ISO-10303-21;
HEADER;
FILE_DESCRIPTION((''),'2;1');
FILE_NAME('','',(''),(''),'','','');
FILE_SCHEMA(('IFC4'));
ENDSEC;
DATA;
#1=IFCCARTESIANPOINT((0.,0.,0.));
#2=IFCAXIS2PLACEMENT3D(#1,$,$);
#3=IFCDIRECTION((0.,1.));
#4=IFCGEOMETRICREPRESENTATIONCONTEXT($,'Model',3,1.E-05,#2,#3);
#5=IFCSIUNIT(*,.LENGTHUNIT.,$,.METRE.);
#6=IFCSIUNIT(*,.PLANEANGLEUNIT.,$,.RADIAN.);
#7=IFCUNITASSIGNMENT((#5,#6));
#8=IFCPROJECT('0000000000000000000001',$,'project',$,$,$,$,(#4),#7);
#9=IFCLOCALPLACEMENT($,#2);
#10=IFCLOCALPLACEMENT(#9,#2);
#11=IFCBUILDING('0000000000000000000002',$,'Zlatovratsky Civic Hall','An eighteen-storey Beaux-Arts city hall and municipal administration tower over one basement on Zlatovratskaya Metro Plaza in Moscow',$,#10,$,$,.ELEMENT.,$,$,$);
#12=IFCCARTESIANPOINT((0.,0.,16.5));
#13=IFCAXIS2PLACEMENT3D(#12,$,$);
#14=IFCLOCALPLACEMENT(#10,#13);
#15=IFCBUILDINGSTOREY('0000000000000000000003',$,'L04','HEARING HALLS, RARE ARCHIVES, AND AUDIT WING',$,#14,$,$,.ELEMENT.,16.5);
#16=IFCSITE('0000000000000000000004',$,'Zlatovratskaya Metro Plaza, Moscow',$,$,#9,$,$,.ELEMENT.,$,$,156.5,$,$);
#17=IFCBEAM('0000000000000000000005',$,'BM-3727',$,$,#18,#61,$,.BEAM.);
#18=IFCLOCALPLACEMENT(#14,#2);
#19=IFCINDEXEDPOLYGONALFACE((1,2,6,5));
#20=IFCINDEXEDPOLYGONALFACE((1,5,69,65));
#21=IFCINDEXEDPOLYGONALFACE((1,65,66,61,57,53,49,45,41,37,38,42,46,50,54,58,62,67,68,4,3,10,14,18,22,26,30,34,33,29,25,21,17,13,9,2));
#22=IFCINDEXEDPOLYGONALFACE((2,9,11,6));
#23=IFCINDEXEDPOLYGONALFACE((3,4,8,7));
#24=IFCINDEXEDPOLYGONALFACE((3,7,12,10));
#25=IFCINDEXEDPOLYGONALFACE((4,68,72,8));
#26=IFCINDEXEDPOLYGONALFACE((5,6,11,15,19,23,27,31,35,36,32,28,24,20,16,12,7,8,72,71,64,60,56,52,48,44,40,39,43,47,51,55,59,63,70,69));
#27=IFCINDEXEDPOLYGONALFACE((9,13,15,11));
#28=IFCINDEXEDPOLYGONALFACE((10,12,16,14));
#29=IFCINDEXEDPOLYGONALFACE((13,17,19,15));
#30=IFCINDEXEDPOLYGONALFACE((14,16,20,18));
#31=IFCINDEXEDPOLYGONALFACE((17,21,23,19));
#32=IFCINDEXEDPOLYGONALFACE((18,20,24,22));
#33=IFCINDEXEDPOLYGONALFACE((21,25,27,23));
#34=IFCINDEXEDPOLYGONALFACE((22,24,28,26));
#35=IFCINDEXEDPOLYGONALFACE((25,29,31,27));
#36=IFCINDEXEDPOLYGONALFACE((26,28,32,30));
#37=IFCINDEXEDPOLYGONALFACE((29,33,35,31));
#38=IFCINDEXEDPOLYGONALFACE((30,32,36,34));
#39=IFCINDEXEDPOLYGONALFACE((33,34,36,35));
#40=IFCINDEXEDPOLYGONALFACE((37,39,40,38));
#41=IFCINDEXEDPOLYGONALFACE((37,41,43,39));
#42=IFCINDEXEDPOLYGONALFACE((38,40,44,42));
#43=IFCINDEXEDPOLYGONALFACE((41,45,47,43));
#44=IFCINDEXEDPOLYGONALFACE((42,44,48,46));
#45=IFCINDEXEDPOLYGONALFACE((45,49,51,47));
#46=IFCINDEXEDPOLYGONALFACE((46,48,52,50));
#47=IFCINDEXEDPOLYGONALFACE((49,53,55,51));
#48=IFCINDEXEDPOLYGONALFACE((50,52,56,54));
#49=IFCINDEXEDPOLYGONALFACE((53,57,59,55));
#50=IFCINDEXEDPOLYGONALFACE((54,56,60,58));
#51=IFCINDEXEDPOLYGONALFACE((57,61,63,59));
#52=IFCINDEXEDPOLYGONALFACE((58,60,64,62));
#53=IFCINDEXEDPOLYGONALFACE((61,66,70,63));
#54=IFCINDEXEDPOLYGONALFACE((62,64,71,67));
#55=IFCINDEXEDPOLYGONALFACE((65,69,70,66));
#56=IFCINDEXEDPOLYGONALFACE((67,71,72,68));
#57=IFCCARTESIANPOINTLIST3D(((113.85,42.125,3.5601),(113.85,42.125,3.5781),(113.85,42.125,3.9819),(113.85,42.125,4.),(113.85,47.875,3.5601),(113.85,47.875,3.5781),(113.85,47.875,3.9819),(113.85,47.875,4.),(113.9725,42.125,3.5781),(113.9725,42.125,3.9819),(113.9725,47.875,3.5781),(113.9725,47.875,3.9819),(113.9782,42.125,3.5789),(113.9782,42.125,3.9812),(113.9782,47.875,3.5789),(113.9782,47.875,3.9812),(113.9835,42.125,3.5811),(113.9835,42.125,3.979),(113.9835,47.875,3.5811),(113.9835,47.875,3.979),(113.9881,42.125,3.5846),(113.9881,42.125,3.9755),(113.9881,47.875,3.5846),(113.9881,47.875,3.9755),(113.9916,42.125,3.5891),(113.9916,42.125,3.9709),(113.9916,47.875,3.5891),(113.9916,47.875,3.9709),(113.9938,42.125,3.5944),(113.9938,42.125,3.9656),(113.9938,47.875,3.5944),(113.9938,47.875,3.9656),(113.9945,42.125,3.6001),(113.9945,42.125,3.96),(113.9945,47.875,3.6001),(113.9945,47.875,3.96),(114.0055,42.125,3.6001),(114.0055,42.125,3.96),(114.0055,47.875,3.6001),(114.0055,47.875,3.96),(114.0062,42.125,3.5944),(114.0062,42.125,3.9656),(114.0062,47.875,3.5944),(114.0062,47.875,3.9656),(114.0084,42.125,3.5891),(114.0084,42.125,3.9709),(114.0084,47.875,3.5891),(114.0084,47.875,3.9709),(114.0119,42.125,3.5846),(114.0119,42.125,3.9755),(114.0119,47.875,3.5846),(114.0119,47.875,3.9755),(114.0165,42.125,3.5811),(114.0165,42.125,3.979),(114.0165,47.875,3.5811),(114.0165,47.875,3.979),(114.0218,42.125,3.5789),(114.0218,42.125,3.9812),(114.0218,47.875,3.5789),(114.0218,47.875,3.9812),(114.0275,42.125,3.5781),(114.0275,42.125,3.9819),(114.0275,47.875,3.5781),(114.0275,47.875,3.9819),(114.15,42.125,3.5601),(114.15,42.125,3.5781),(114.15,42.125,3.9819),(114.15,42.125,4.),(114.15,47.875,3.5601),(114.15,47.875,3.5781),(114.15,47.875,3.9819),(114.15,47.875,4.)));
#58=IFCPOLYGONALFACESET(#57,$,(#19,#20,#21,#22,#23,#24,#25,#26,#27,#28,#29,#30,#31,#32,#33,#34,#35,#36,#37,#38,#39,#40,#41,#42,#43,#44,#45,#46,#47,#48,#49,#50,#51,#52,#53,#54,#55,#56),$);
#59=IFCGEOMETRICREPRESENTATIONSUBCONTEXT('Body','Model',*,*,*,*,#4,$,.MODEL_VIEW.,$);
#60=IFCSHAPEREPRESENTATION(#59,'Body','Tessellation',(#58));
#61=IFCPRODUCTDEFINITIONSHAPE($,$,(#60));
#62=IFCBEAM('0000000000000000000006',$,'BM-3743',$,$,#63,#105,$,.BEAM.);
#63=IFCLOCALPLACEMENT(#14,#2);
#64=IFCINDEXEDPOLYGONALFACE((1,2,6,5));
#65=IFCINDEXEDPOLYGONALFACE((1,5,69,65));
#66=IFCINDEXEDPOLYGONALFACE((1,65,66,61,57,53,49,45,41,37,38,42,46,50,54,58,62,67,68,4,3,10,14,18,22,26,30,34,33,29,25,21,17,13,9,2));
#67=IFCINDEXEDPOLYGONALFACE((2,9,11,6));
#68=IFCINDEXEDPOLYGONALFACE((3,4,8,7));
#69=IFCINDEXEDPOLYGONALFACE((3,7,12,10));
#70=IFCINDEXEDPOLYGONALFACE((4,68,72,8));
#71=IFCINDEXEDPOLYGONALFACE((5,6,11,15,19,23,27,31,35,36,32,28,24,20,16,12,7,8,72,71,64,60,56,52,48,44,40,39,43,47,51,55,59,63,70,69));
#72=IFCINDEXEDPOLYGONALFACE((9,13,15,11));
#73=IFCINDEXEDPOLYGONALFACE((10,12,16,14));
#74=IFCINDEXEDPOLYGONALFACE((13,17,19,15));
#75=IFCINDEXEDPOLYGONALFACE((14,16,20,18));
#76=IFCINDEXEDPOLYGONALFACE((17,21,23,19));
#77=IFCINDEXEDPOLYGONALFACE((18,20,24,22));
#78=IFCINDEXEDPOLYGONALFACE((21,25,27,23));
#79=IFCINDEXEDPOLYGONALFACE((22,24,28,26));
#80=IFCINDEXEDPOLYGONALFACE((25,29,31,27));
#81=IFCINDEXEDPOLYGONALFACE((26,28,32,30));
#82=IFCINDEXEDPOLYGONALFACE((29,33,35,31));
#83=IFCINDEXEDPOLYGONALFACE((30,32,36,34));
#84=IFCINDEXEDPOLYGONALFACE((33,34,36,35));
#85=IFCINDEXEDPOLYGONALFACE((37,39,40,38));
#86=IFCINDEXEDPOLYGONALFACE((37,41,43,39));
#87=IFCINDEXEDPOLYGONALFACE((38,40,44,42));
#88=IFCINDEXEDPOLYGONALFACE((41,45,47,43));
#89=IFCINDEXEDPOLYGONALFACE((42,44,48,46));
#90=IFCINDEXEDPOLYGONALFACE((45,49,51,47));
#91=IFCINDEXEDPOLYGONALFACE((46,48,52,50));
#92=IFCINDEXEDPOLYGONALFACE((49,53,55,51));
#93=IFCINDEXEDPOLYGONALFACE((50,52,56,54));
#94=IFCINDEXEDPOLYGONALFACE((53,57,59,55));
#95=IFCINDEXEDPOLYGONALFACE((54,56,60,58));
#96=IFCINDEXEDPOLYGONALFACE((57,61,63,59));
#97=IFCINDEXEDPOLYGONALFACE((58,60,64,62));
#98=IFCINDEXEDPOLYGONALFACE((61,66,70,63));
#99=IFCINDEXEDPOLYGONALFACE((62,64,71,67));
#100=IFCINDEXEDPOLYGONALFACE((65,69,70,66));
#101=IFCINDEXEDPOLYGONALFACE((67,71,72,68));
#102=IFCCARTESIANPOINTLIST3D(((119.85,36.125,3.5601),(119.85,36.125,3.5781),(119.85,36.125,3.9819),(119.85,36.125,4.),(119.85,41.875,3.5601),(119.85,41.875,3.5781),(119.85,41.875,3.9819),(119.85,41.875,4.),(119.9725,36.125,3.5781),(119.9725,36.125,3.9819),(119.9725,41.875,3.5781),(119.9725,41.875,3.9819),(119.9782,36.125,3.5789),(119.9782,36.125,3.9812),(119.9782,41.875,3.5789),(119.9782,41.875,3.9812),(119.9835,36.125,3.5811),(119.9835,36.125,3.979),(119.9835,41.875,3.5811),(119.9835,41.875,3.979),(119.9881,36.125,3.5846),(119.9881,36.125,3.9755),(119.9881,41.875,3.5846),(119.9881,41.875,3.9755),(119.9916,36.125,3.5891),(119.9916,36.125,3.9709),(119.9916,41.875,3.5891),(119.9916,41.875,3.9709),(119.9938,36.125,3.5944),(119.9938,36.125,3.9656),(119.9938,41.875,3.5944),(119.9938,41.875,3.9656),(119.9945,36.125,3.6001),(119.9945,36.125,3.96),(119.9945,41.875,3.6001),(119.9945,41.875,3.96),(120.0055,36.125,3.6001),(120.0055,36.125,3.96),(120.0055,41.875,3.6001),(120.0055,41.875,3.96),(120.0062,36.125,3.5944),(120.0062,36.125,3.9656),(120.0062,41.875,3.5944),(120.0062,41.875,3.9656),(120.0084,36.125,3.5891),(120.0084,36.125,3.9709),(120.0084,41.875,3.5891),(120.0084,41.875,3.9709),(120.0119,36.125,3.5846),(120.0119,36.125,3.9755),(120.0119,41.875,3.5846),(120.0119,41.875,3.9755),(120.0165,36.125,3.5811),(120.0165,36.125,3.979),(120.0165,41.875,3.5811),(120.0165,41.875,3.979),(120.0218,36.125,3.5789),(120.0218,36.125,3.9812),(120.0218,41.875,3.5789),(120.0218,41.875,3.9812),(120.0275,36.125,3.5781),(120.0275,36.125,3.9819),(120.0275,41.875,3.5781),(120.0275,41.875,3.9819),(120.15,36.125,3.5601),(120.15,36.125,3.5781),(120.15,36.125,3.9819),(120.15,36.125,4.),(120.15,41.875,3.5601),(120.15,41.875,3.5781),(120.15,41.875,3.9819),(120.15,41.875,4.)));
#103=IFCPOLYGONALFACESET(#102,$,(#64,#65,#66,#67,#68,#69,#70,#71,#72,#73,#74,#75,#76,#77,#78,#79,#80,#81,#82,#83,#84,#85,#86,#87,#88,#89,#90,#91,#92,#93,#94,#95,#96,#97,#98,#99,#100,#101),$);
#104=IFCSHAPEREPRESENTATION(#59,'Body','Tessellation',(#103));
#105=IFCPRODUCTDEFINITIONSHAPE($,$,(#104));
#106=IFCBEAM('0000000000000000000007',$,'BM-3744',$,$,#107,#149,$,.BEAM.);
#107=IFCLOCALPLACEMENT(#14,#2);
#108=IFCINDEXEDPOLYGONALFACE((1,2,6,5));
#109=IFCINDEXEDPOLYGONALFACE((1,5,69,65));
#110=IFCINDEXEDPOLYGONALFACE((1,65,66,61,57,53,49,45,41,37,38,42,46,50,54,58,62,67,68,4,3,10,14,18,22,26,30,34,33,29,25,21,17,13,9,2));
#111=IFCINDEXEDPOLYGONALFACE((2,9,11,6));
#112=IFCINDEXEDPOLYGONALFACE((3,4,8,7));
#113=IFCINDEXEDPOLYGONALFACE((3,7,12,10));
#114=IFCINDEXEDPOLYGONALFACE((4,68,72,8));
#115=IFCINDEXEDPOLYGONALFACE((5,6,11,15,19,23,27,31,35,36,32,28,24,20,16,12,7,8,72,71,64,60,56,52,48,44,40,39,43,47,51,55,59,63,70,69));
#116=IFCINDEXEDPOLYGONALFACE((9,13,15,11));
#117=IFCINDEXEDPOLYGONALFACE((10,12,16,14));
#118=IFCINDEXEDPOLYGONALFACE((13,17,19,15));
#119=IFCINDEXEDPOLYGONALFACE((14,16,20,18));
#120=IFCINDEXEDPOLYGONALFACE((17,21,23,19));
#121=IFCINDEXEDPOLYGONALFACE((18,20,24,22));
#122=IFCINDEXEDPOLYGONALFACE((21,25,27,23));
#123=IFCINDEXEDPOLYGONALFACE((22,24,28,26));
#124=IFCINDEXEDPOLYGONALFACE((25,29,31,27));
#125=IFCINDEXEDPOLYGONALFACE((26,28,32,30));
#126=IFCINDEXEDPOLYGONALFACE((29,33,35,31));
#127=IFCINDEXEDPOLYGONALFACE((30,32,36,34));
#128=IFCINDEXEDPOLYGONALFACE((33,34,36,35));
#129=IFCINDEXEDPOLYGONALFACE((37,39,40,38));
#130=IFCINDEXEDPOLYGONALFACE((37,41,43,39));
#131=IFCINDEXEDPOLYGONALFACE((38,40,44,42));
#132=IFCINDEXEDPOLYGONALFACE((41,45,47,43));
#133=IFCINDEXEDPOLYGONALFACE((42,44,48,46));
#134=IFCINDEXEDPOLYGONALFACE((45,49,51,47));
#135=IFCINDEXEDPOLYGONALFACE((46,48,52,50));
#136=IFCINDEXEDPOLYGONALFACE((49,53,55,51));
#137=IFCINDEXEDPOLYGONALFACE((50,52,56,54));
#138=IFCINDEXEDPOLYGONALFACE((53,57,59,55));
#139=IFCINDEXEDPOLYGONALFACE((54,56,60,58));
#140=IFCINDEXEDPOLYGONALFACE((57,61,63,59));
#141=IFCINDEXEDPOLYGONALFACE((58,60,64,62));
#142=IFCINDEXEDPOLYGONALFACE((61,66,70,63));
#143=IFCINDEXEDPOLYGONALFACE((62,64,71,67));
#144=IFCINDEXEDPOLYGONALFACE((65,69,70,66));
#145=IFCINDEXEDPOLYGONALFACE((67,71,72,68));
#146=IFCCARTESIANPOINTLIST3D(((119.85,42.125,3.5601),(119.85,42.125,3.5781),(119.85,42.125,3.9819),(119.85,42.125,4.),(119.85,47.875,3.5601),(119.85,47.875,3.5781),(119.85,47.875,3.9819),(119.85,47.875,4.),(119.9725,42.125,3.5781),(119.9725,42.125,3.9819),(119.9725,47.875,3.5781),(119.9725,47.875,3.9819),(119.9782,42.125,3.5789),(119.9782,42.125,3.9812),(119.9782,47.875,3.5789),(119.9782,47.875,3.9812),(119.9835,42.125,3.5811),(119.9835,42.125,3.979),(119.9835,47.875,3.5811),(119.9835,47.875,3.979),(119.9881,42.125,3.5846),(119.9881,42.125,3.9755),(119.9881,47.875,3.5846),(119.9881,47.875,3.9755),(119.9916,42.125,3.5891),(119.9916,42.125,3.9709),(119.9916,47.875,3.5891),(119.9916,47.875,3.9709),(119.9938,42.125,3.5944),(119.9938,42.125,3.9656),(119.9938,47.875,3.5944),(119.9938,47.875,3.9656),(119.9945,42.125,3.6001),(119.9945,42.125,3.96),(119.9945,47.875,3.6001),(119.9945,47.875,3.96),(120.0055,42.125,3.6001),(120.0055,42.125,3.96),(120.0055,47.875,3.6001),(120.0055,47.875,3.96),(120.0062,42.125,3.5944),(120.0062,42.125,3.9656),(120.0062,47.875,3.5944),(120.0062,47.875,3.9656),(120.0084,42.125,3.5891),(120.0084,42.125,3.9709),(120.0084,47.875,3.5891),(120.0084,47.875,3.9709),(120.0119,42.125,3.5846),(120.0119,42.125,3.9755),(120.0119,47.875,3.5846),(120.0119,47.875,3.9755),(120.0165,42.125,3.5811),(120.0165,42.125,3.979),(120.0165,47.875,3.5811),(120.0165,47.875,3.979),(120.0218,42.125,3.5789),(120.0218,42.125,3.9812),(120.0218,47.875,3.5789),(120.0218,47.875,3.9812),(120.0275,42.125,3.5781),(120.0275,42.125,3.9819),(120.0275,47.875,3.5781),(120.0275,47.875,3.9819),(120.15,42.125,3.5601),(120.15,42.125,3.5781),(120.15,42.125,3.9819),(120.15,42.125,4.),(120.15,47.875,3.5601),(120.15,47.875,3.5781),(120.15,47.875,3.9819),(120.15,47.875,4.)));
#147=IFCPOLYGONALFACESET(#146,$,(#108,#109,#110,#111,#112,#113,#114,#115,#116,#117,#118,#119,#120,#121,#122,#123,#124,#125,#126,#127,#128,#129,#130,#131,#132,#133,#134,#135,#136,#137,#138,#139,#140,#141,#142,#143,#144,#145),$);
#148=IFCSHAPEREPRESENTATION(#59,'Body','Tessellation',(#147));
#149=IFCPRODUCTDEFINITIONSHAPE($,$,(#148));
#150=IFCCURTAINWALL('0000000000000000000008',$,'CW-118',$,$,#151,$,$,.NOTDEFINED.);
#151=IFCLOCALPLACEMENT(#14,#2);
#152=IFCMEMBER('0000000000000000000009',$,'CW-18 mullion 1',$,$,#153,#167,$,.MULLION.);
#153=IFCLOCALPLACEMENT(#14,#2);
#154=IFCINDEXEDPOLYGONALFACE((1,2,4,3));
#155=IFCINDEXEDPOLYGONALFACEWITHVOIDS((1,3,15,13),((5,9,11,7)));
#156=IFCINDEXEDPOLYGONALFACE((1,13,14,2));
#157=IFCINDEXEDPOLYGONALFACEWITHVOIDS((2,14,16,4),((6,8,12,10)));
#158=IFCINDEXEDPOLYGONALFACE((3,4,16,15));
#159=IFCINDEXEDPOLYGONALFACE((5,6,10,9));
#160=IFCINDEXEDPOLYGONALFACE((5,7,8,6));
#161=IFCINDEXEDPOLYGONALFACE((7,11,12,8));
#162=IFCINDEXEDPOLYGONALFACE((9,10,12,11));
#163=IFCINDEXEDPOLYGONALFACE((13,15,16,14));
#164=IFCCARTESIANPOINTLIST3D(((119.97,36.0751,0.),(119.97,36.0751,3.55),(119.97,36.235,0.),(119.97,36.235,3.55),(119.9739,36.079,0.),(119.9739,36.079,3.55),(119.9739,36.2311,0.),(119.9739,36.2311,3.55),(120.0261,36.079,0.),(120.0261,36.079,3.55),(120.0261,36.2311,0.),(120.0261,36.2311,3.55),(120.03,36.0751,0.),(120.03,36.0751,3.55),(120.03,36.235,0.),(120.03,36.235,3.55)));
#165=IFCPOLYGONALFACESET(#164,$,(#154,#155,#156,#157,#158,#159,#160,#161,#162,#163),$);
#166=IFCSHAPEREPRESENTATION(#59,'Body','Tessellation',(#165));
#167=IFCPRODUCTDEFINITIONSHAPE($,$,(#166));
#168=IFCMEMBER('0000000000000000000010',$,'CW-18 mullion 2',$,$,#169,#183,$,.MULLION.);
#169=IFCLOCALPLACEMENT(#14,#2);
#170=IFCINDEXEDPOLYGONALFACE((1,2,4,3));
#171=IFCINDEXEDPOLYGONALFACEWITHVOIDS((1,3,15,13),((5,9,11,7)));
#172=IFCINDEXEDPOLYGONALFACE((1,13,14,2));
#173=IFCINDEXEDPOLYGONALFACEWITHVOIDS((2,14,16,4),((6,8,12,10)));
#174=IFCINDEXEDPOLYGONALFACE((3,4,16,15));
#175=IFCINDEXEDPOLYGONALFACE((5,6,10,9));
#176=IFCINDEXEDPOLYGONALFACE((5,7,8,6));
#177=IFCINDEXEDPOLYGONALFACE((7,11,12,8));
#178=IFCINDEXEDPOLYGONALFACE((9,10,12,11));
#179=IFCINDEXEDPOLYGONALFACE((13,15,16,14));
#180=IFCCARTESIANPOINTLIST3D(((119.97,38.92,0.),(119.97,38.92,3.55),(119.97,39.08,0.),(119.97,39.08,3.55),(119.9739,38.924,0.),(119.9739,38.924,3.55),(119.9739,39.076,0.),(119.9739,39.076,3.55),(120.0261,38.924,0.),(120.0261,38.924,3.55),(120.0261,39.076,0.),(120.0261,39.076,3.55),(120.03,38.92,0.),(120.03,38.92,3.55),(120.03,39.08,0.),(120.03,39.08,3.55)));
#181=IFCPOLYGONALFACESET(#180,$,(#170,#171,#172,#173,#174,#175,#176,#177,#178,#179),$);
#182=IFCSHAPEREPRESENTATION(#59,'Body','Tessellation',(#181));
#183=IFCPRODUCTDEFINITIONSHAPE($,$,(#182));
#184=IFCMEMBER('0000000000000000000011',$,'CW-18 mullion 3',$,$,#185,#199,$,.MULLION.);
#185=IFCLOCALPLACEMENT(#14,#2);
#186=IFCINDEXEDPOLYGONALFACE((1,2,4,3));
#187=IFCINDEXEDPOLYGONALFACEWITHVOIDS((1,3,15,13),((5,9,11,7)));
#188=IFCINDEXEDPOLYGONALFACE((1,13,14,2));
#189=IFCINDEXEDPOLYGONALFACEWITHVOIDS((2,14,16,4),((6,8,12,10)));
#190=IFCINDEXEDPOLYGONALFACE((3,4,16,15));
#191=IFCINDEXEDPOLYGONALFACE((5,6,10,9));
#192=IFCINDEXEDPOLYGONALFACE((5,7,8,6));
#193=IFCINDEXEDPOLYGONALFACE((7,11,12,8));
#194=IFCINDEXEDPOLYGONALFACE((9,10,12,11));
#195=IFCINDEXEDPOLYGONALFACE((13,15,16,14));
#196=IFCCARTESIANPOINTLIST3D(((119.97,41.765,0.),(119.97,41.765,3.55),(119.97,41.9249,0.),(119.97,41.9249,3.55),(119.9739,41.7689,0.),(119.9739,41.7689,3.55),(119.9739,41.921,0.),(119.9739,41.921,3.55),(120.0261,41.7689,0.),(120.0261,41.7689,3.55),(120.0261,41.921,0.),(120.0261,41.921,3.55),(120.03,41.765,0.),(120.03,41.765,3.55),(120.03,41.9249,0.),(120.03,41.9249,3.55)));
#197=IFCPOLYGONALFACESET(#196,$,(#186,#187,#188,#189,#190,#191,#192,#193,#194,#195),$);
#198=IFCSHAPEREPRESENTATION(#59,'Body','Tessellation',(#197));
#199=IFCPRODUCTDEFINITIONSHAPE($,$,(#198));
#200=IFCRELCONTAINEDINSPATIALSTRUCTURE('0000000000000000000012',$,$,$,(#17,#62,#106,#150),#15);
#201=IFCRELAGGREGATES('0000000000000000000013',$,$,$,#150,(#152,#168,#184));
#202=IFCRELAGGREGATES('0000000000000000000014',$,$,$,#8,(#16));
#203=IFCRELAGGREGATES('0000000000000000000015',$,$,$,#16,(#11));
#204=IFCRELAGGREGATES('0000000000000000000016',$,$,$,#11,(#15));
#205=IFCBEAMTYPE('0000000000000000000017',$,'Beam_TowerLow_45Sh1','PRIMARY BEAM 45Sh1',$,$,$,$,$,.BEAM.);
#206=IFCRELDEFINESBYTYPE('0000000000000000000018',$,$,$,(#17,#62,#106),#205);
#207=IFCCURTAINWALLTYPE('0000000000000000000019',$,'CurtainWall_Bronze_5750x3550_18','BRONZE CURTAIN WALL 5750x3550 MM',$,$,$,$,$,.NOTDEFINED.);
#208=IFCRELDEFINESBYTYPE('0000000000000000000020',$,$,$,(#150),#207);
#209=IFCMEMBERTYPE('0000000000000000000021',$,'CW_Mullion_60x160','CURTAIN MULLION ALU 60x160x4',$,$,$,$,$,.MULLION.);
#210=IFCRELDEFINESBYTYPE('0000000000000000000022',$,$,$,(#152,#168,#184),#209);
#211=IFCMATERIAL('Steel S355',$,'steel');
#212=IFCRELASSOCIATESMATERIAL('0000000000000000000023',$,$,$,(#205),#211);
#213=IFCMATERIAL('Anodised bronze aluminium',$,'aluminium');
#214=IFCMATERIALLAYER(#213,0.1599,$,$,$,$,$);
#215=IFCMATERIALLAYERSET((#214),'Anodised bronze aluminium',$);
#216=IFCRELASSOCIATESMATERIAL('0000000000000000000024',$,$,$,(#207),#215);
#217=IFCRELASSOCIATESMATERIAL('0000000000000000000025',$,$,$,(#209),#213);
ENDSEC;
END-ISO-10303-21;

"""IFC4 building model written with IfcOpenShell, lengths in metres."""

from ifc_helpers import new_model, si_unit, direction, frame, origin, origin_2d, place, context, subcontext, project, spatial, hollow_rectangle, i_section, extrude, material, layer, layer_set, material_profile, profile_set, type_object, element, aggregate, save


model = new_model("IFC4")

# Units and contexts
model_context = context("Model", 3, precision=1e-05, world=origin(), true_north=direction((0.0, 1.0)))
body_context = subcontext(model_context, "Body", "Model", "MODEL_VIEW")
ifc_project = project(units=[si_unit("LENGTHUNIT", "METRE"), si_unit("PLANEANGLEUNIT", "RADIAN")], contexts=[model_context])

# Site, building, storey
site_placement = place(None, origin())
site = spatial("IfcSite", under=ifc_project, at=site_placement, Name="Zlatovratskaya Metro Plaza, Moscow", CompositionType="ELEMENT", RefElevation=156.5)
building_placement = place(site_placement, origin())
building = spatial("IfcBuilding", under=site, at=building_placement, Name="Zlatovratsky Civic Hall", Description="An eighteen-storey Beaux-Arts city hall and municipal administration tower over one basement on Zlatovratskaya Metro Plaza in Moscow", CompositionType="ELEMENT")
storey_placement = place(building_placement, frame((0.0, 0.0, 16.5)))
storey = spatial("IfcBuildingStorey", under=building, at=storey_placement, Name="L04", Description="HEARING HALLS, RARE ARCHIVES, AND AUDIT WING", CompositionType="ELEMENT", Elevation=16.5)

# Shared definitions
ifc_material_1 = material(Name="Steel S355", Category="steel")

# Beams
ifc_material_profile_1 = material_profile(ifc_material_1, i_section(OverallWidth=0.3, OverallDepth=0.4399, WebThickness=0.011, FlangeThickness=0.0181, FilletRadius=0.022, at=origin_2d()), Name="45Sh1")
ifc_profile_set_1 = profile_set([ifc_material_profile_1], Name="Steel S355")
beam_type = type_object("IfcBeamType", Name="Beam_TowerLow_45Sh1", Description="PRIMARY BEAM 45Sh1", PredefinedType="BEAM", material=ifc_profile_set_1)
for number, where, z_axis, x_axis, name in (
    (1, (114.0, 42.125, 3.78), (0.0, 1.0, 0.0), (-1.0, 0.0, 0.0), "BM-3727"),
    (2, (120.0, 36.125, 3.78), (0.0, 1.0, 0.0), (-1.0, 0.0, 0.0), "BM-3743"),
    (3, (120.0, 42.125, 3.78), (0.0, 1.0, 0.0), (-1.0, 0.0, 0.0), "BM-3744"),
):
    element("IfcBeam", number, at=place(storey_placement, frame(where, z_axis=z_axis, x_axis=x_axis)), inside=storey, type_object=beam_type, Name=name, PredefinedType="BEAM", context=body_context, shape_type="SweptSolid", body=[
        extrude(i_section(OverallWidth=0.3, OverallDepth=0.4399, WebThickness=0.011, FlangeThickness=0.0181, FilletRadius=0.022, at=origin_2d()), origin(), (0.0, 0.0, 1.0), 5.75),
    ])

# Curtain wall, members
ifc_material_2 = material(Name="Anodised bronze aluminium", Category="aluminium")
ifc_layer_1 = layer(ifc_material_2, 0.1599)
ifc_layer_set_1 = layer_set([ifc_layer_1], Name="Anodised bronze aluminium")
curtain_wall_type = type_object("IfcCurtainWallType", Name="CurtainWall_Bronze_5750x3550_18", Description="BRONZE CURTAIN WALL 5750x3550 MM", PredefinedType="NOTDEFINED", material=ifc_layer_set_1)
curtain_wall_1_placement = place(storey_placement, origin())
curtain_wall_1 = element("IfcCurtainWall", 4, at=curtain_wall_1_placement, inside=storey, type_object=curtain_wall_type, Name="CW-118", PredefinedType="NOTDEFINED")
ifc_material_profile_2 = material_profile(ifc_material_2, hollow_rectangle(XDim=0.0601, YDim=0.1599, WallThickness=0.0039, at=origin_2d()), Name="ALU 60x160x4")
ifc_profile_set_2 = profile_set([ifc_material_profile_2], Name="Anodised bronze aluminium")
member_type_1 = type_object("IfcMemberType", Name="CW_Mullion_60x160", Description="CURTAIN MULLION ALU 60x160x4", PredefinedType="MULLION", material=ifc_profile_set_2)
member_1_placement = place(storey_placement, frame((120.0, 36.155, 0.0), z_axis=(0.0, 0.0, 1.0), x_axis=(-1.0, 0.0, 0.0)))
member_1 = element("IfcMember", 5, at=member_1_placement, type_object=member_type_1, Name="CW-18 mullion 1", PredefinedType="MULLION", context=body_context, shape_type="SweptSolid", body=[
    extrude(hollow_rectangle(XDim=0.0601, YDim=0.1599, WallThickness=0.0039, at=origin_2d()), origin(), (0.0, 0.0, 1.0), 3.55),
])
member_2_placement = place(storey_placement, frame((120.0, 39.0, 0.0), z_axis=(0.0, 0.0, 1.0), x_axis=(-1.0, 0.0, 0.0)))
member_2 = element("IfcMember", 6, at=member_2_placement, type_object=member_type_1, Name="CW-18 mullion 2", PredefinedType="MULLION", context=body_context, shape_type="SweptSolid", body=[
    extrude(hollow_rectangle(XDim=0.0601, YDim=0.1599, WallThickness=0.0039, at=origin_2d()), origin(), (0.0, 0.0, 1.0), 3.55),
])
member_3_placement = place(storey_placement, frame((120.0, 41.845, 0.0), z_axis=(0.0, 0.0, 1.0), x_axis=(-1.0, 0.0, 0.0)))
member_3 = element("IfcMember", 7, at=member_3_placement, type_object=member_type_1, Name="CW-18 mullion 3", PredefinedType="MULLION", context=body_context, shape_type="SweptSolid", body=[
    extrude(hollow_rectangle(XDim=0.0601, YDim=0.1599, WallThickness=0.0039, at=origin_2d()), origin(), (0.0, 0.0, 1.0), 3.55),
])

aggregate(curtain_wall_1, [member_1, member_2, member_3])

save(model, "model.ifc")
